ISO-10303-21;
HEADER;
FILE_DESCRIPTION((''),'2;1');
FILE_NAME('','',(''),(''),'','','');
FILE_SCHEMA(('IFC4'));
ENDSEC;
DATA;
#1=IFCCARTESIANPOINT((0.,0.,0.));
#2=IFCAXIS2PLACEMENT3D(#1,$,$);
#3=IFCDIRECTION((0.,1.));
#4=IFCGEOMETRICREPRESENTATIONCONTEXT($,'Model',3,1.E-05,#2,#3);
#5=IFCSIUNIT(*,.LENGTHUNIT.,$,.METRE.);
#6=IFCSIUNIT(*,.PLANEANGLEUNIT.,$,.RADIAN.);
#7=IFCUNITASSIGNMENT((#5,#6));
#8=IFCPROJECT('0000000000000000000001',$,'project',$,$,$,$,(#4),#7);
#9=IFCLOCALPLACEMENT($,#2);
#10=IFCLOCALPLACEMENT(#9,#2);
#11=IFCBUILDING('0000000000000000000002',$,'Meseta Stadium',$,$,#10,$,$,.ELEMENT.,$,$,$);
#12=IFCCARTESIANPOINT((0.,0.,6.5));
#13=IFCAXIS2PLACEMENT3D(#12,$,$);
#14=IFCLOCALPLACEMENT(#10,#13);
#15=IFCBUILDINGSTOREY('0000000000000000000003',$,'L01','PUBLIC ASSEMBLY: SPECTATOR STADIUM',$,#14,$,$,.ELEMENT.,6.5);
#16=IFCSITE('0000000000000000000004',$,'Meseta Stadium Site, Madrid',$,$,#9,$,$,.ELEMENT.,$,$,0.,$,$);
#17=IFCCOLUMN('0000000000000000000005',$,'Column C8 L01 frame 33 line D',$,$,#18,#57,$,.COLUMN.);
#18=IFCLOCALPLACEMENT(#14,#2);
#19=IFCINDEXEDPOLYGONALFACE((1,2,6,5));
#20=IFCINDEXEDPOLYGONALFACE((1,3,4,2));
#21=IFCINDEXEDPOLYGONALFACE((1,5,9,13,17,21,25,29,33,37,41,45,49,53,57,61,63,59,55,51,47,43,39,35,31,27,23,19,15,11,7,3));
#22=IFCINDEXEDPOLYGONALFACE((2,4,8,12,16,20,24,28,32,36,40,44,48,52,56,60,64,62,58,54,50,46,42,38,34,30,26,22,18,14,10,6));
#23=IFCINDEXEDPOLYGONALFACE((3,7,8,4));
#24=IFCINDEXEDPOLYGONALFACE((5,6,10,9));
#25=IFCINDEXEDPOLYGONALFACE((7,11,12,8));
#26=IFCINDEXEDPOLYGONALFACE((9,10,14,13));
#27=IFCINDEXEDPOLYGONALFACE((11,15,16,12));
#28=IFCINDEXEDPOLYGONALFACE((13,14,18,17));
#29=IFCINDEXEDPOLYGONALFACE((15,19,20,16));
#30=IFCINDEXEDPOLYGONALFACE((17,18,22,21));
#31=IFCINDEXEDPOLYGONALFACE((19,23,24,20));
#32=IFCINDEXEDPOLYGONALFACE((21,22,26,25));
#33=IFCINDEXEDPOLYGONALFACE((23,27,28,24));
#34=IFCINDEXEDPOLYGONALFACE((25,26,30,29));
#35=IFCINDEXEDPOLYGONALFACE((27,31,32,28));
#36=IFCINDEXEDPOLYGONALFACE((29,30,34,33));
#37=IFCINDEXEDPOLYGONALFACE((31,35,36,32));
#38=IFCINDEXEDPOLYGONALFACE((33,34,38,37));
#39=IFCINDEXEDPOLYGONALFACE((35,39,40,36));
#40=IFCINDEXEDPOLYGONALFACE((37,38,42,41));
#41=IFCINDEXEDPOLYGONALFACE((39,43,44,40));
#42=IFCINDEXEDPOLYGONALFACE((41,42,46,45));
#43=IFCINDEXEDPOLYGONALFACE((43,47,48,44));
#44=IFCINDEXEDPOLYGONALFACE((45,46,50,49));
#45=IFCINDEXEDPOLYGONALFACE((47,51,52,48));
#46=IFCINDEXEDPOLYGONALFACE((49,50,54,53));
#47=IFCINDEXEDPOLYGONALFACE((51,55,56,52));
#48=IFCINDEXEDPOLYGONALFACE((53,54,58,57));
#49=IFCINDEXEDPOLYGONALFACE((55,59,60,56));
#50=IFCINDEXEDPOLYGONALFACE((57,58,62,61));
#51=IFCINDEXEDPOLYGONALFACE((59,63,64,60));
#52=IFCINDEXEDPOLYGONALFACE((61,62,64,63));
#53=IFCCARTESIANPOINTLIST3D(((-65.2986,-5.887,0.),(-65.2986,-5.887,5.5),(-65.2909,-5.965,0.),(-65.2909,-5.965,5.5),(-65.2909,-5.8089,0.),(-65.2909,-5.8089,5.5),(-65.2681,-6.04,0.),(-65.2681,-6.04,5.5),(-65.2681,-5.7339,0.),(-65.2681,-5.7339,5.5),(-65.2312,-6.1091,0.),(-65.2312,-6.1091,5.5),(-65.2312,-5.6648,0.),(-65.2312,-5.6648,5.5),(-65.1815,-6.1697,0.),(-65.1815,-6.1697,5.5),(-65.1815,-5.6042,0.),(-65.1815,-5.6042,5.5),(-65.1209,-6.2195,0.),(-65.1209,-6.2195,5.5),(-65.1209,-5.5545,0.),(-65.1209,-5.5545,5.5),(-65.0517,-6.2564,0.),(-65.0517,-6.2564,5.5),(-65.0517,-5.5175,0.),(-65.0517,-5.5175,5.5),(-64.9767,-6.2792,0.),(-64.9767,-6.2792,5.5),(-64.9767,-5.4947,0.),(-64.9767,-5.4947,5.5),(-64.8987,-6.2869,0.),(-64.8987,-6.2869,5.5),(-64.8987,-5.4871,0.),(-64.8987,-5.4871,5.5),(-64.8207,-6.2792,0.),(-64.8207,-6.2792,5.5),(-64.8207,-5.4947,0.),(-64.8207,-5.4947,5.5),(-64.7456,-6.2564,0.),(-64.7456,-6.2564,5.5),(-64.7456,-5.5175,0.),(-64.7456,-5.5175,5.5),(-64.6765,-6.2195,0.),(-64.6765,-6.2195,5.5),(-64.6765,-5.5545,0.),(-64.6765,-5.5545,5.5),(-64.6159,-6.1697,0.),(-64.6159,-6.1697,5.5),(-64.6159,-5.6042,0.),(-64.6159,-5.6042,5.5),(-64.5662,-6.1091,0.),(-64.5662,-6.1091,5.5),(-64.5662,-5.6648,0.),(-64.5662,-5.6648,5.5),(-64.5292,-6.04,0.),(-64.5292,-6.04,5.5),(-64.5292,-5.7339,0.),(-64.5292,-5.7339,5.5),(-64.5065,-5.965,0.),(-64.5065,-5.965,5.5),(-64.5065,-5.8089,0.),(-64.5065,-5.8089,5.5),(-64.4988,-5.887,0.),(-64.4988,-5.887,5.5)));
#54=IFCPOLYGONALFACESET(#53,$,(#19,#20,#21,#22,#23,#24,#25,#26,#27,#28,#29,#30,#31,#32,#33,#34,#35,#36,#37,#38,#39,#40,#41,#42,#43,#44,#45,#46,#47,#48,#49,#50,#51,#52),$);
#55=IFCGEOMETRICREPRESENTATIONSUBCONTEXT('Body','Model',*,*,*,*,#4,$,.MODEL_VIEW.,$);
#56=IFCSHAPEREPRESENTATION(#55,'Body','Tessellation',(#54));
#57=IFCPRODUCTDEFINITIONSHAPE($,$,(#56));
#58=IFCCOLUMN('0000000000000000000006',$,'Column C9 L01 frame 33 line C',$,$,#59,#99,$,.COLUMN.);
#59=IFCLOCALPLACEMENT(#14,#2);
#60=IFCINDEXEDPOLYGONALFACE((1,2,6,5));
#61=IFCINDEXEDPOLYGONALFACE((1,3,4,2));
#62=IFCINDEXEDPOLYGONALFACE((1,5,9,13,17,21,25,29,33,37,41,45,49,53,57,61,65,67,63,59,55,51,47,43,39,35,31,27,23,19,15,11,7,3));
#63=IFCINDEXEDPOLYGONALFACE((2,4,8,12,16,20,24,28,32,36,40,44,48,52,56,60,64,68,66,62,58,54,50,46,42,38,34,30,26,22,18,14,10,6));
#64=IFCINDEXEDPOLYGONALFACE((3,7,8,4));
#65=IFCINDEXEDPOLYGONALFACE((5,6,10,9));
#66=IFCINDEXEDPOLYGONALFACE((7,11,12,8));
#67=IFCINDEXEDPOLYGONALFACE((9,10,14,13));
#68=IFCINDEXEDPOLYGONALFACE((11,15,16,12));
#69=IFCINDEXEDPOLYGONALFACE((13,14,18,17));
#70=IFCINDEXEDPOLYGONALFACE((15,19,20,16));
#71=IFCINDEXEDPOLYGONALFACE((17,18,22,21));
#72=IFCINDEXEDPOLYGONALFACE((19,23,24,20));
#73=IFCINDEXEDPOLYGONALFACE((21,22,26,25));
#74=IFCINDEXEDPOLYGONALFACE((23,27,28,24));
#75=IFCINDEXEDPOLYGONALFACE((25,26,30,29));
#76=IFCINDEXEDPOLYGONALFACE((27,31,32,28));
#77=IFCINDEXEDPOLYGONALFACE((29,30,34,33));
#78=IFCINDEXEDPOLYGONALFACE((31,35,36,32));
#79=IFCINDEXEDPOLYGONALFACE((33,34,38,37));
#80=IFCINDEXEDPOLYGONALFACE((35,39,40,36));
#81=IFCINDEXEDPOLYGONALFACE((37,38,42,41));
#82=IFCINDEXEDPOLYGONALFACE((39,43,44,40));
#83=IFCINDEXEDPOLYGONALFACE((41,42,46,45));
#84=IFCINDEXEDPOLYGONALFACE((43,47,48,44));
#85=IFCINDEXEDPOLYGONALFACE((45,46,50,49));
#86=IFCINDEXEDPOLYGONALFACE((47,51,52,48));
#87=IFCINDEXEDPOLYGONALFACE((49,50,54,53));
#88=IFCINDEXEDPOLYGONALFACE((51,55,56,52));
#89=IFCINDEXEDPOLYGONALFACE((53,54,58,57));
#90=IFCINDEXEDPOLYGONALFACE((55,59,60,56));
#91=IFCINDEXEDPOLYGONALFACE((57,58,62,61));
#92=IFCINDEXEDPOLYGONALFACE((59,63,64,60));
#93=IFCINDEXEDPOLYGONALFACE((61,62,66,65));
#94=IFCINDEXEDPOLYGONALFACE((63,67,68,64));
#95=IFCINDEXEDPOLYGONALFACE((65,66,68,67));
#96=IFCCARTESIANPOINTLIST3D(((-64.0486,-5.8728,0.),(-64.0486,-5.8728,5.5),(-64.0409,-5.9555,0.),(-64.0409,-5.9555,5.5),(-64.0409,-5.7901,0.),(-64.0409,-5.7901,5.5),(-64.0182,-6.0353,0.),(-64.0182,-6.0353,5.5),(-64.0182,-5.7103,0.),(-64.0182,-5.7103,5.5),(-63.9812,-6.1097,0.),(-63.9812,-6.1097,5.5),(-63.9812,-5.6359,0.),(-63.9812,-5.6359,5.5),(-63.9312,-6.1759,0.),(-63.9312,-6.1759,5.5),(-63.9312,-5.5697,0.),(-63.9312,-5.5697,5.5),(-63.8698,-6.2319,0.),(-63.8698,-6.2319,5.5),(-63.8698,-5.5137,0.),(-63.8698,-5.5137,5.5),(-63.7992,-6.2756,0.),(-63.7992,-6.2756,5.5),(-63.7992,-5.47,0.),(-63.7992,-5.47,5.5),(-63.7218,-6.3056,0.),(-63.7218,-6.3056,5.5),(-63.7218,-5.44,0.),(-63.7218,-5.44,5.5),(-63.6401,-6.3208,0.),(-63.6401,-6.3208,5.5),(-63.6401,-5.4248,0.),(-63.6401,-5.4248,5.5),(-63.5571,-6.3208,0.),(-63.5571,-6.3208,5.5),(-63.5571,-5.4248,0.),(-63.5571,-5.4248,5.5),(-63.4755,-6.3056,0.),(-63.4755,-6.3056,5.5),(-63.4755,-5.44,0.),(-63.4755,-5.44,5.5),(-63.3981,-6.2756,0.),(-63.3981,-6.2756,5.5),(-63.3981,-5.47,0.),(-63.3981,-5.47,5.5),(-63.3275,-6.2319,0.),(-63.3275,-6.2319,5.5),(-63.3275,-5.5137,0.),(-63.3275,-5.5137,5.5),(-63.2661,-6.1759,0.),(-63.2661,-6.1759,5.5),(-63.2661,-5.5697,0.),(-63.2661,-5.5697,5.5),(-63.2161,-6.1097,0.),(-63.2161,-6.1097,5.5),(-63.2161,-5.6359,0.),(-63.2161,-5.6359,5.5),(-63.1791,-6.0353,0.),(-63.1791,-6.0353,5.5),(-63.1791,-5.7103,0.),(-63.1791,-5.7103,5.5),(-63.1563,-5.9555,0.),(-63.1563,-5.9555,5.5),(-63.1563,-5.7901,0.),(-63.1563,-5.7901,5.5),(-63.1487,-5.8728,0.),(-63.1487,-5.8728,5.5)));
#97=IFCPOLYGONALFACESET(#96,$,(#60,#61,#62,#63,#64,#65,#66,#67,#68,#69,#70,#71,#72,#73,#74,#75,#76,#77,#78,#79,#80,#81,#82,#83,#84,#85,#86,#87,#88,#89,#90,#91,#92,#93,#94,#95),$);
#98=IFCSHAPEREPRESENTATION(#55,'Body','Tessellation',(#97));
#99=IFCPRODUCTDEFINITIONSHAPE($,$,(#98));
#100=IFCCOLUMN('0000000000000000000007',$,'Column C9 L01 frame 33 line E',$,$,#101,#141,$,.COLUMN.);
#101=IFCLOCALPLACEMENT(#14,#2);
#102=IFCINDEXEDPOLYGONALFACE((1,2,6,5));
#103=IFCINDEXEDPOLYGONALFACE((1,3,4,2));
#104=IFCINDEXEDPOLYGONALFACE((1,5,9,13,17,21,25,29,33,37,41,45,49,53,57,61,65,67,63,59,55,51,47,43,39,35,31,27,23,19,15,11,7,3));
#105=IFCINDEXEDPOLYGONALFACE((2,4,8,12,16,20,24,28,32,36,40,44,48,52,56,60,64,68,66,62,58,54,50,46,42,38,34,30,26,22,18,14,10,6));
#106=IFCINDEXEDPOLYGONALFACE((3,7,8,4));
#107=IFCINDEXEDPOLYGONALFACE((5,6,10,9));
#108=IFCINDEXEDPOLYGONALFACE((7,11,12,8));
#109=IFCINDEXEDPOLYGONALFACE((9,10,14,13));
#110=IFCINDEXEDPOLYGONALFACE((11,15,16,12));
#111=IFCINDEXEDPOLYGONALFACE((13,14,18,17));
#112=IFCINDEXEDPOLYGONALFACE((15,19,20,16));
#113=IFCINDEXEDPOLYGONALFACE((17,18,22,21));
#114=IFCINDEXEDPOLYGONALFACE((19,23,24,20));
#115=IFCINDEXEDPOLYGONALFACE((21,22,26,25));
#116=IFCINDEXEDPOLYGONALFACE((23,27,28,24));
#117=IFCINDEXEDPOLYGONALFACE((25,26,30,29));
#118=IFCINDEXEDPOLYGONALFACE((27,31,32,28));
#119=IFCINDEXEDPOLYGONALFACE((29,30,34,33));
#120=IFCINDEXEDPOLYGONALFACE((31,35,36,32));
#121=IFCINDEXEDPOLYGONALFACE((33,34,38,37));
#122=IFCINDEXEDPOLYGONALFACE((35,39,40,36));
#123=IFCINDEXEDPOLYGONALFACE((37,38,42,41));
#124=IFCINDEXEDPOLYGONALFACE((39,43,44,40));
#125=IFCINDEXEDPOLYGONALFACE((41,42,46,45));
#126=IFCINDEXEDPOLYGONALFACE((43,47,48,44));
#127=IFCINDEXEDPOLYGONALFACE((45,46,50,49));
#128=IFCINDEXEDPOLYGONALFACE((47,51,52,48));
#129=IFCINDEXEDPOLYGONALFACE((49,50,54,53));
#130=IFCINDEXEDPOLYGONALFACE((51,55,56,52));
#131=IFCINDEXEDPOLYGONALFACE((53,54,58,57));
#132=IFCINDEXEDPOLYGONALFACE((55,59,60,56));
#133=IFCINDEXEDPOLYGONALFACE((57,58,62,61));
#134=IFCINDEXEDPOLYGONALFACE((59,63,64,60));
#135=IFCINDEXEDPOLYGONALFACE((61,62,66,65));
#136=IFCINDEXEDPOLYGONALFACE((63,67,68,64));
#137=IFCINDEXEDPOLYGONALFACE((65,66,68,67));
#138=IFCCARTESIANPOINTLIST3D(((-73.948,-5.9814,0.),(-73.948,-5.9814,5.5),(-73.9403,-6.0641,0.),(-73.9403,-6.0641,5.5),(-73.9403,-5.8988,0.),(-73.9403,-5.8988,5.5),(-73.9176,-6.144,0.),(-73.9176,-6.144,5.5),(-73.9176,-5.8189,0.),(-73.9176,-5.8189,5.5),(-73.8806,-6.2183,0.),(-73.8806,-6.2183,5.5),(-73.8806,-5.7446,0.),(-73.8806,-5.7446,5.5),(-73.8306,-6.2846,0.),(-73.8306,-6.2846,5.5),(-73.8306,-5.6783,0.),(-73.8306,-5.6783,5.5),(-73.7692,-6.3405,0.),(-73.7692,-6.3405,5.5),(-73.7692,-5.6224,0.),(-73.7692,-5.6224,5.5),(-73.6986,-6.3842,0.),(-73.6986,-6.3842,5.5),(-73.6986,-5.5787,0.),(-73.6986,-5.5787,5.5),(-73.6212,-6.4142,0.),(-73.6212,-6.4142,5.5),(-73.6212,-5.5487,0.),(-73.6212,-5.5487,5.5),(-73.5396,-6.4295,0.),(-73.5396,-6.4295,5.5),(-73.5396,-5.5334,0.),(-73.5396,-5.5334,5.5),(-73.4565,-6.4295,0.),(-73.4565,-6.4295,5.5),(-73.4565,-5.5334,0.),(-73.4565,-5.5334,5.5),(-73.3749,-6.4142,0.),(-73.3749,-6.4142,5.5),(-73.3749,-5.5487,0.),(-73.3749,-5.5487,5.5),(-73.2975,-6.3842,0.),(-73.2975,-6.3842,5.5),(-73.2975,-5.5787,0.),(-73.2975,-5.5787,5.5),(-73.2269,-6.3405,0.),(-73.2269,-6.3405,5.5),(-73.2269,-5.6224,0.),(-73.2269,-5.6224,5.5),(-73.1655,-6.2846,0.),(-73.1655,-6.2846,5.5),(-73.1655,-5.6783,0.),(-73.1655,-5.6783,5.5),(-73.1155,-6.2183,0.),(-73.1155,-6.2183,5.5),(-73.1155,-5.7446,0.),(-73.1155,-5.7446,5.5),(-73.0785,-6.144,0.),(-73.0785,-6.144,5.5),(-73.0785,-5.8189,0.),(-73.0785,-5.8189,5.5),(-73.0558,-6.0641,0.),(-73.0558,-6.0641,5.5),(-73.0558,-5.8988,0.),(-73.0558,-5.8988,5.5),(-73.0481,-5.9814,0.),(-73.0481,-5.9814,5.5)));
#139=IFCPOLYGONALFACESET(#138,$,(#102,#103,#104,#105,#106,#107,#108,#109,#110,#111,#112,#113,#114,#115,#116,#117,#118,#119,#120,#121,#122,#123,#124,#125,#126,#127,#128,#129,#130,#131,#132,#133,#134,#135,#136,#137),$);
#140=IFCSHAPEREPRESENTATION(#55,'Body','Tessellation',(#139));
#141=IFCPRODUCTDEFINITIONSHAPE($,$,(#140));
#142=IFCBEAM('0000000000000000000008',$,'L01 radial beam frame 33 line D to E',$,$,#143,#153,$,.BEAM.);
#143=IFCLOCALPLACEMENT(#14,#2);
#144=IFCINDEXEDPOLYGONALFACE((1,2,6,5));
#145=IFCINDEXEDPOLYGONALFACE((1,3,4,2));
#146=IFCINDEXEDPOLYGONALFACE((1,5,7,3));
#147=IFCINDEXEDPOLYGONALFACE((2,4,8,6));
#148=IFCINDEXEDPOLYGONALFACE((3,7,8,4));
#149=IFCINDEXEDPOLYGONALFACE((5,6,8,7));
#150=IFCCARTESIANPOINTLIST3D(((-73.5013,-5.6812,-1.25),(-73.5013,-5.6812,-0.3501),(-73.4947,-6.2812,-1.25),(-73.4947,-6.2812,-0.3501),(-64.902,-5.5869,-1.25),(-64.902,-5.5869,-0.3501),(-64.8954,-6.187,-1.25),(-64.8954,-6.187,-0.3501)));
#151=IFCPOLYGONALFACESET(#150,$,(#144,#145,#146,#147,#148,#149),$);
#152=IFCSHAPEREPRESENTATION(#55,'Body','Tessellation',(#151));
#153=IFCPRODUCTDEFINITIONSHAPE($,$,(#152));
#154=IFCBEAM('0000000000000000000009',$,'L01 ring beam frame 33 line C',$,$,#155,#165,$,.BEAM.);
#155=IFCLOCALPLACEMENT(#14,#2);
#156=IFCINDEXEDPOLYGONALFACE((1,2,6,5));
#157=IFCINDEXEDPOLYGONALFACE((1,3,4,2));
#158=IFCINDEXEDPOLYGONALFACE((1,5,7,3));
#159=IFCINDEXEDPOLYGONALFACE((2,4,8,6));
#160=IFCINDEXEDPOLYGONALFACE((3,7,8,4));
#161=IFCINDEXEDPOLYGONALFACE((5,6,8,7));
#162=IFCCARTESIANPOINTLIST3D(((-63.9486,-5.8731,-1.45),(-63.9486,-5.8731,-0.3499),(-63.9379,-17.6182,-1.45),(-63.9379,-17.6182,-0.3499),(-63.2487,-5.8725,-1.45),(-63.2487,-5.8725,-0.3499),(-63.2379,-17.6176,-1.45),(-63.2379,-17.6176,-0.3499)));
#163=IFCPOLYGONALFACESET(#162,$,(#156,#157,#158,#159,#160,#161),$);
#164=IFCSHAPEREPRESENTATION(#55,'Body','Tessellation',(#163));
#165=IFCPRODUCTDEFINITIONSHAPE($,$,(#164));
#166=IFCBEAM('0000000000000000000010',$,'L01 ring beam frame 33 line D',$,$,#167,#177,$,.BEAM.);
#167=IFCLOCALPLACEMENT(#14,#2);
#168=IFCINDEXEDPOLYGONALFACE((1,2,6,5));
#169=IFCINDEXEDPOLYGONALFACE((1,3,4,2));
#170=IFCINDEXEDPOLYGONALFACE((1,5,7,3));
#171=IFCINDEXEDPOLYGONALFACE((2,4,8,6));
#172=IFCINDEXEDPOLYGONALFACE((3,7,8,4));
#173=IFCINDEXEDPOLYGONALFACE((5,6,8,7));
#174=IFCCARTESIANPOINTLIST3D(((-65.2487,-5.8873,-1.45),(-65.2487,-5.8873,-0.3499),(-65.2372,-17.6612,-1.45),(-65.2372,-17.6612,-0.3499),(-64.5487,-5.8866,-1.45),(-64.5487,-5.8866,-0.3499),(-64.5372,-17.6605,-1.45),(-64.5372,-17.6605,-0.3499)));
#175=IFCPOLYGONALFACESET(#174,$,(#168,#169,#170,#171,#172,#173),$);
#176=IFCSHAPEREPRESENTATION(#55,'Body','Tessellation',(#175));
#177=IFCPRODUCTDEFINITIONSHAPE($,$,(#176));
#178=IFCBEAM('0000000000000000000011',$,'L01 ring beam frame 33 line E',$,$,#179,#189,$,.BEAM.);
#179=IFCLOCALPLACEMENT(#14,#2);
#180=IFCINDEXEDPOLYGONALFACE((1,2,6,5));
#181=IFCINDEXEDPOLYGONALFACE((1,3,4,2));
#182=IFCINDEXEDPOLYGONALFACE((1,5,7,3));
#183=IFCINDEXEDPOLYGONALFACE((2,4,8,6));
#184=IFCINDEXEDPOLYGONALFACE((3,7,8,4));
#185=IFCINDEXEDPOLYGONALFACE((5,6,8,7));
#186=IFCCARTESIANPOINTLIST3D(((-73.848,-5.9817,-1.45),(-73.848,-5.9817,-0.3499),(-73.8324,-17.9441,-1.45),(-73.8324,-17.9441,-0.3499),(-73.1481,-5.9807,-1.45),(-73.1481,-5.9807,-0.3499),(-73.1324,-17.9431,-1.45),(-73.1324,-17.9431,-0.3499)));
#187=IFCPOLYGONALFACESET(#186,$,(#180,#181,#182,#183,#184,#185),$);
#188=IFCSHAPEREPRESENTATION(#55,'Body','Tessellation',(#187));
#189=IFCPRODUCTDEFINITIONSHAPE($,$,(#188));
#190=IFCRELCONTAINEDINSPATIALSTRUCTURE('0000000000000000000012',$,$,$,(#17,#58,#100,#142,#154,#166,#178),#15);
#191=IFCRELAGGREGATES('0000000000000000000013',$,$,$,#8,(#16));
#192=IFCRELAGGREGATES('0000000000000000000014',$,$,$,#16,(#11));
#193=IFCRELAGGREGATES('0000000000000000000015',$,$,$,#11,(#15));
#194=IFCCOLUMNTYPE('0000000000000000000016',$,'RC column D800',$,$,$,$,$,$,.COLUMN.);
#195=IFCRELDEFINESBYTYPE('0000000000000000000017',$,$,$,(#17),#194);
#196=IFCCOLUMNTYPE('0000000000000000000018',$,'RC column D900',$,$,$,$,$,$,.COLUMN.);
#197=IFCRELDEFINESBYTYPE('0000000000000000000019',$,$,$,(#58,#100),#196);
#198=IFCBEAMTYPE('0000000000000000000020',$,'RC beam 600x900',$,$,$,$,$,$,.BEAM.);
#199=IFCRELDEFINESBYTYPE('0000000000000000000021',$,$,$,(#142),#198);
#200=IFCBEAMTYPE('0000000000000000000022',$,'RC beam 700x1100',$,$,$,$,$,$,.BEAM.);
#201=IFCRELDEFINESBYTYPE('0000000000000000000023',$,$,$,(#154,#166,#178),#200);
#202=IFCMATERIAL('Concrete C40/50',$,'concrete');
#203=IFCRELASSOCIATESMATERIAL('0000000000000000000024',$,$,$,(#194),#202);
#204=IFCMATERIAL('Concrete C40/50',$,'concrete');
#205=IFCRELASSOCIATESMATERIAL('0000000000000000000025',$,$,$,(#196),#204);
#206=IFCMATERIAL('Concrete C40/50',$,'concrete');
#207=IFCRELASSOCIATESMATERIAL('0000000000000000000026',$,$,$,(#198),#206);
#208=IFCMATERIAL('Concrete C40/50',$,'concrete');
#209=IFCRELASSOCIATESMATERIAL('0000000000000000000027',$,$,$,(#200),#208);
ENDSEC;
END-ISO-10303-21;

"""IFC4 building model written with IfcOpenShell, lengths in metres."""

from ifc_helpers import new_model, si_unit, direction, frame, origin, origin_2d, place, context, subcontext, project, spatial, rectangle, circle, extrude, material, material_profile, profile_set, type_object, element, save


model = new_model("IFC4")

# Units and contexts
model_context = context("Model", 3, precision=1e-05, world=origin(), true_north=direction((0.0, 1.0)))
body_context = subcontext(model_context, "Body", "Model", "MODEL_VIEW")
ifc_project = project(units=[si_unit("LENGTHUNIT", "METRE"), si_unit("PLANEANGLEUNIT", "RADIAN")], contexts=[model_context])

# Site, building, storey
site_placement = place(None, origin())
site = spatial("IfcSite", under=ifc_project, at=site_placement, Name="Meseta Stadium Site, Madrid", CompositionType="ELEMENT", RefElevation=0.0)
building_placement = place(site_placement, origin())
building = spatial("IfcBuilding", under=site, at=building_placement, Name="Meseta Stadium", CompositionType="ELEMENT")
storey_placement = place(building_placement, frame((0.0, 0.0, 6.5)))
storey = spatial("IfcBuildingStorey", under=building, at=storey_placement, Name="L01", Description="PUBLIC ASSEMBLY: SPECTATOR STADIUM", CompositionType="ELEMENT", Elevation=6.5)

# Columns
ifc_material_1 = material(Name="Concrete C40/50", Category="concrete")
ifc_material_profile_1 = material_profile(ifc_material_1, circle(Radius=0.3999, at=origin_2d()), Name="RC D800")
ifc_profile_set_1 = profile_set([ifc_material_profile_1], Name="Concrete C40/50")
column_type_1 = type_object("IfcColumnType", Name="RC column D800", PredefinedType="COLUMN", material=ifc_profile_set_1)
column_placement = place(storey_placement, frame((-64.8987, -5.887, 0.0), z_axis=(0.0, 0.0, 1.0), x_axis=(1.0, 0.0, 0.0)))
element("IfcColumn", 1, at=column_placement, inside=storey, type_object=column_type_1, Name="Column C8 L01 frame 33 line D", PredefinedType="COLUMN", context=body_context, shape_type="SweptSolid", body=[
    extrude(circle(Radius=0.3999, at=origin_2d()), origin(), (0.0, 0.0, 1.0), 5.5),
])
ifc_material_2 = material(Name="Concrete C40/50", Category="concrete")
ifc_material_profile_2 = material_profile(ifc_material_2, circle(Radius=0.45, at=origin_2d()), Name="RC D900")
ifc_profile_set_2 = profile_set([ifc_material_profile_2], Name="Concrete C40/50")
column_type_2 = type_object("IfcColumnType", Name="RC column D900", PredefinedType="COLUMN", material=ifc_profile_set_2)
for number, where, z_axis, x_axis, name in (
    (2, (-63.5986, -5.8728, 0.0), (0.0, 0.0, 1.0), (1.0, 0.0, 0.0), "Column C9 L01 frame 33 line C"),
    (3, (-73.498, -5.9814, 0.0), (0.0, 0.0, 1.0), (1.0, 0.0, 0.0), "Column C9 L01 frame 33 line E"),
):
    element("IfcColumn", number, at=place(storey_placement, frame(where, z_axis=z_axis, x_axis=x_axis)), inside=storey, type_object=column_type_2, Name=name, PredefinedType="COLUMN", context=body_context, shape_type="SweptSolid", body=[
        extrude(circle(Radius=0.45, at=origin_2d()), origin(), (0.0, 0.0, 1.0), 5.5),
    ])

# Beams
ifc_material_3 = material(Name="Concrete C40/50", Category="concrete")
ifc_material_profile_3 = material_profile(ifc_material_3, rectangle(XDim=0.6001, YDim=0.8999, at=origin_2d()), Name="RC 600x900")
ifc_profile_set_3 = profile_set([ifc_material_profile_3], Name="Concrete C40/50")
beam_type_1 = type_object("IfcBeamType", Name="RC beam 600x900", PredefinedType="BEAM", material=ifc_profile_set_3)
beam_1_placement = place(storey_placement, frame((-64.8987, -5.887, -0.8), z_axis=(-0.99994, -0.010958, 0.0), x_axis=(0.010958, -0.99994, 0.0)))
element("IfcBeam", 4, at=beam_1_placement, inside=storey, type_object=beam_type_1, Name="L01 radial beam frame 33 line D to E", PredefinedType="BEAM", context=body_context, shape_type="SweptSolid", body=[
    extrude(rectangle(XDim=0.6001, YDim=0.8999, at=origin_2d()), origin(), (0.0, 0.0, 1.0), 8.5999),
])
ifc_material_4 = material(Name="Concrete C40/50", Category="concrete")
ifc_material_profile_4 = material_profile(ifc_material_4, rectangle(XDim=0.7, YDim=1.1001, at=origin_2d()), Name="RC 700x1100")
ifc_profile_set_4 = profile_set([ifc_material_profile_4], Name="Concrete C40/50")
beam_type_2 = type_object("IfcBeamType", Name="RC beam 700x1100", PredefinedType="BEAM", material=ifc_profile_set_4)
beam_2_placement = place(storey_placement, frame((-63.5986, -5.8728, -0.8999), z_axis=(0.000915, -1.0, 0.0), x_axis=(1.0, 0.000915, 0.0)))
element("IfcBeam", 5, at=beam_2_placement, inside=storey, type_object=beam_type_2, Name="L01 ring beam frame 33 line C", PredefinedType="BEAM", context=body_context, shape_type="SweptSolid", body=[
    extrude(rectangle(XDim=0.7, YDim=1.1001, at=origin_2d()), origin(), (0.0, 0.0, 1.0), 11.7451),
])
beam_3_placement = place(storey_placement, frame((-64.8987, -5.887, -0.8999), z_axis=(0.000975, -1.0, 0.0), x_axis=(1.0, 0.000975, 0.0)))
element("IfcBeam", 6, at=beam_3_placement, inside=storey, type_object=beam_type_2, Name="L01 ring beam frame 33 line D", PredefinedType="BEAM", context=body_context, shape_type="SweptSolid", body=[
    extrude(rectangle(XDim=0.7, YDim=1.1001, at=origin_2d()), origin(), (0.0, 0.0, 1.0), 11.7739),
])
beam_4_placement = place(storey_placement, frame((-73.498, -5.9812, -0.8999), z_axis=(0.001306, -0.999999, 0.0), x_axis=(0.999999, 0.001306, 0.0)))
element("IfcBeam", 7, at=beam_4_placement, inside=storey, type_object=beam_type_2, Name="L01 ring beam frame 33 line E", PredefinedType="BEAM", context=body_context, shape_type="SweptSolid", body=[
    extrude(rectangle(XDim=0.7, YDim=1.1001, at=origin_2d()), origin(), (0.0, 0.0, 1.0), 11.9624),
])

save(model, "model.ifc")
